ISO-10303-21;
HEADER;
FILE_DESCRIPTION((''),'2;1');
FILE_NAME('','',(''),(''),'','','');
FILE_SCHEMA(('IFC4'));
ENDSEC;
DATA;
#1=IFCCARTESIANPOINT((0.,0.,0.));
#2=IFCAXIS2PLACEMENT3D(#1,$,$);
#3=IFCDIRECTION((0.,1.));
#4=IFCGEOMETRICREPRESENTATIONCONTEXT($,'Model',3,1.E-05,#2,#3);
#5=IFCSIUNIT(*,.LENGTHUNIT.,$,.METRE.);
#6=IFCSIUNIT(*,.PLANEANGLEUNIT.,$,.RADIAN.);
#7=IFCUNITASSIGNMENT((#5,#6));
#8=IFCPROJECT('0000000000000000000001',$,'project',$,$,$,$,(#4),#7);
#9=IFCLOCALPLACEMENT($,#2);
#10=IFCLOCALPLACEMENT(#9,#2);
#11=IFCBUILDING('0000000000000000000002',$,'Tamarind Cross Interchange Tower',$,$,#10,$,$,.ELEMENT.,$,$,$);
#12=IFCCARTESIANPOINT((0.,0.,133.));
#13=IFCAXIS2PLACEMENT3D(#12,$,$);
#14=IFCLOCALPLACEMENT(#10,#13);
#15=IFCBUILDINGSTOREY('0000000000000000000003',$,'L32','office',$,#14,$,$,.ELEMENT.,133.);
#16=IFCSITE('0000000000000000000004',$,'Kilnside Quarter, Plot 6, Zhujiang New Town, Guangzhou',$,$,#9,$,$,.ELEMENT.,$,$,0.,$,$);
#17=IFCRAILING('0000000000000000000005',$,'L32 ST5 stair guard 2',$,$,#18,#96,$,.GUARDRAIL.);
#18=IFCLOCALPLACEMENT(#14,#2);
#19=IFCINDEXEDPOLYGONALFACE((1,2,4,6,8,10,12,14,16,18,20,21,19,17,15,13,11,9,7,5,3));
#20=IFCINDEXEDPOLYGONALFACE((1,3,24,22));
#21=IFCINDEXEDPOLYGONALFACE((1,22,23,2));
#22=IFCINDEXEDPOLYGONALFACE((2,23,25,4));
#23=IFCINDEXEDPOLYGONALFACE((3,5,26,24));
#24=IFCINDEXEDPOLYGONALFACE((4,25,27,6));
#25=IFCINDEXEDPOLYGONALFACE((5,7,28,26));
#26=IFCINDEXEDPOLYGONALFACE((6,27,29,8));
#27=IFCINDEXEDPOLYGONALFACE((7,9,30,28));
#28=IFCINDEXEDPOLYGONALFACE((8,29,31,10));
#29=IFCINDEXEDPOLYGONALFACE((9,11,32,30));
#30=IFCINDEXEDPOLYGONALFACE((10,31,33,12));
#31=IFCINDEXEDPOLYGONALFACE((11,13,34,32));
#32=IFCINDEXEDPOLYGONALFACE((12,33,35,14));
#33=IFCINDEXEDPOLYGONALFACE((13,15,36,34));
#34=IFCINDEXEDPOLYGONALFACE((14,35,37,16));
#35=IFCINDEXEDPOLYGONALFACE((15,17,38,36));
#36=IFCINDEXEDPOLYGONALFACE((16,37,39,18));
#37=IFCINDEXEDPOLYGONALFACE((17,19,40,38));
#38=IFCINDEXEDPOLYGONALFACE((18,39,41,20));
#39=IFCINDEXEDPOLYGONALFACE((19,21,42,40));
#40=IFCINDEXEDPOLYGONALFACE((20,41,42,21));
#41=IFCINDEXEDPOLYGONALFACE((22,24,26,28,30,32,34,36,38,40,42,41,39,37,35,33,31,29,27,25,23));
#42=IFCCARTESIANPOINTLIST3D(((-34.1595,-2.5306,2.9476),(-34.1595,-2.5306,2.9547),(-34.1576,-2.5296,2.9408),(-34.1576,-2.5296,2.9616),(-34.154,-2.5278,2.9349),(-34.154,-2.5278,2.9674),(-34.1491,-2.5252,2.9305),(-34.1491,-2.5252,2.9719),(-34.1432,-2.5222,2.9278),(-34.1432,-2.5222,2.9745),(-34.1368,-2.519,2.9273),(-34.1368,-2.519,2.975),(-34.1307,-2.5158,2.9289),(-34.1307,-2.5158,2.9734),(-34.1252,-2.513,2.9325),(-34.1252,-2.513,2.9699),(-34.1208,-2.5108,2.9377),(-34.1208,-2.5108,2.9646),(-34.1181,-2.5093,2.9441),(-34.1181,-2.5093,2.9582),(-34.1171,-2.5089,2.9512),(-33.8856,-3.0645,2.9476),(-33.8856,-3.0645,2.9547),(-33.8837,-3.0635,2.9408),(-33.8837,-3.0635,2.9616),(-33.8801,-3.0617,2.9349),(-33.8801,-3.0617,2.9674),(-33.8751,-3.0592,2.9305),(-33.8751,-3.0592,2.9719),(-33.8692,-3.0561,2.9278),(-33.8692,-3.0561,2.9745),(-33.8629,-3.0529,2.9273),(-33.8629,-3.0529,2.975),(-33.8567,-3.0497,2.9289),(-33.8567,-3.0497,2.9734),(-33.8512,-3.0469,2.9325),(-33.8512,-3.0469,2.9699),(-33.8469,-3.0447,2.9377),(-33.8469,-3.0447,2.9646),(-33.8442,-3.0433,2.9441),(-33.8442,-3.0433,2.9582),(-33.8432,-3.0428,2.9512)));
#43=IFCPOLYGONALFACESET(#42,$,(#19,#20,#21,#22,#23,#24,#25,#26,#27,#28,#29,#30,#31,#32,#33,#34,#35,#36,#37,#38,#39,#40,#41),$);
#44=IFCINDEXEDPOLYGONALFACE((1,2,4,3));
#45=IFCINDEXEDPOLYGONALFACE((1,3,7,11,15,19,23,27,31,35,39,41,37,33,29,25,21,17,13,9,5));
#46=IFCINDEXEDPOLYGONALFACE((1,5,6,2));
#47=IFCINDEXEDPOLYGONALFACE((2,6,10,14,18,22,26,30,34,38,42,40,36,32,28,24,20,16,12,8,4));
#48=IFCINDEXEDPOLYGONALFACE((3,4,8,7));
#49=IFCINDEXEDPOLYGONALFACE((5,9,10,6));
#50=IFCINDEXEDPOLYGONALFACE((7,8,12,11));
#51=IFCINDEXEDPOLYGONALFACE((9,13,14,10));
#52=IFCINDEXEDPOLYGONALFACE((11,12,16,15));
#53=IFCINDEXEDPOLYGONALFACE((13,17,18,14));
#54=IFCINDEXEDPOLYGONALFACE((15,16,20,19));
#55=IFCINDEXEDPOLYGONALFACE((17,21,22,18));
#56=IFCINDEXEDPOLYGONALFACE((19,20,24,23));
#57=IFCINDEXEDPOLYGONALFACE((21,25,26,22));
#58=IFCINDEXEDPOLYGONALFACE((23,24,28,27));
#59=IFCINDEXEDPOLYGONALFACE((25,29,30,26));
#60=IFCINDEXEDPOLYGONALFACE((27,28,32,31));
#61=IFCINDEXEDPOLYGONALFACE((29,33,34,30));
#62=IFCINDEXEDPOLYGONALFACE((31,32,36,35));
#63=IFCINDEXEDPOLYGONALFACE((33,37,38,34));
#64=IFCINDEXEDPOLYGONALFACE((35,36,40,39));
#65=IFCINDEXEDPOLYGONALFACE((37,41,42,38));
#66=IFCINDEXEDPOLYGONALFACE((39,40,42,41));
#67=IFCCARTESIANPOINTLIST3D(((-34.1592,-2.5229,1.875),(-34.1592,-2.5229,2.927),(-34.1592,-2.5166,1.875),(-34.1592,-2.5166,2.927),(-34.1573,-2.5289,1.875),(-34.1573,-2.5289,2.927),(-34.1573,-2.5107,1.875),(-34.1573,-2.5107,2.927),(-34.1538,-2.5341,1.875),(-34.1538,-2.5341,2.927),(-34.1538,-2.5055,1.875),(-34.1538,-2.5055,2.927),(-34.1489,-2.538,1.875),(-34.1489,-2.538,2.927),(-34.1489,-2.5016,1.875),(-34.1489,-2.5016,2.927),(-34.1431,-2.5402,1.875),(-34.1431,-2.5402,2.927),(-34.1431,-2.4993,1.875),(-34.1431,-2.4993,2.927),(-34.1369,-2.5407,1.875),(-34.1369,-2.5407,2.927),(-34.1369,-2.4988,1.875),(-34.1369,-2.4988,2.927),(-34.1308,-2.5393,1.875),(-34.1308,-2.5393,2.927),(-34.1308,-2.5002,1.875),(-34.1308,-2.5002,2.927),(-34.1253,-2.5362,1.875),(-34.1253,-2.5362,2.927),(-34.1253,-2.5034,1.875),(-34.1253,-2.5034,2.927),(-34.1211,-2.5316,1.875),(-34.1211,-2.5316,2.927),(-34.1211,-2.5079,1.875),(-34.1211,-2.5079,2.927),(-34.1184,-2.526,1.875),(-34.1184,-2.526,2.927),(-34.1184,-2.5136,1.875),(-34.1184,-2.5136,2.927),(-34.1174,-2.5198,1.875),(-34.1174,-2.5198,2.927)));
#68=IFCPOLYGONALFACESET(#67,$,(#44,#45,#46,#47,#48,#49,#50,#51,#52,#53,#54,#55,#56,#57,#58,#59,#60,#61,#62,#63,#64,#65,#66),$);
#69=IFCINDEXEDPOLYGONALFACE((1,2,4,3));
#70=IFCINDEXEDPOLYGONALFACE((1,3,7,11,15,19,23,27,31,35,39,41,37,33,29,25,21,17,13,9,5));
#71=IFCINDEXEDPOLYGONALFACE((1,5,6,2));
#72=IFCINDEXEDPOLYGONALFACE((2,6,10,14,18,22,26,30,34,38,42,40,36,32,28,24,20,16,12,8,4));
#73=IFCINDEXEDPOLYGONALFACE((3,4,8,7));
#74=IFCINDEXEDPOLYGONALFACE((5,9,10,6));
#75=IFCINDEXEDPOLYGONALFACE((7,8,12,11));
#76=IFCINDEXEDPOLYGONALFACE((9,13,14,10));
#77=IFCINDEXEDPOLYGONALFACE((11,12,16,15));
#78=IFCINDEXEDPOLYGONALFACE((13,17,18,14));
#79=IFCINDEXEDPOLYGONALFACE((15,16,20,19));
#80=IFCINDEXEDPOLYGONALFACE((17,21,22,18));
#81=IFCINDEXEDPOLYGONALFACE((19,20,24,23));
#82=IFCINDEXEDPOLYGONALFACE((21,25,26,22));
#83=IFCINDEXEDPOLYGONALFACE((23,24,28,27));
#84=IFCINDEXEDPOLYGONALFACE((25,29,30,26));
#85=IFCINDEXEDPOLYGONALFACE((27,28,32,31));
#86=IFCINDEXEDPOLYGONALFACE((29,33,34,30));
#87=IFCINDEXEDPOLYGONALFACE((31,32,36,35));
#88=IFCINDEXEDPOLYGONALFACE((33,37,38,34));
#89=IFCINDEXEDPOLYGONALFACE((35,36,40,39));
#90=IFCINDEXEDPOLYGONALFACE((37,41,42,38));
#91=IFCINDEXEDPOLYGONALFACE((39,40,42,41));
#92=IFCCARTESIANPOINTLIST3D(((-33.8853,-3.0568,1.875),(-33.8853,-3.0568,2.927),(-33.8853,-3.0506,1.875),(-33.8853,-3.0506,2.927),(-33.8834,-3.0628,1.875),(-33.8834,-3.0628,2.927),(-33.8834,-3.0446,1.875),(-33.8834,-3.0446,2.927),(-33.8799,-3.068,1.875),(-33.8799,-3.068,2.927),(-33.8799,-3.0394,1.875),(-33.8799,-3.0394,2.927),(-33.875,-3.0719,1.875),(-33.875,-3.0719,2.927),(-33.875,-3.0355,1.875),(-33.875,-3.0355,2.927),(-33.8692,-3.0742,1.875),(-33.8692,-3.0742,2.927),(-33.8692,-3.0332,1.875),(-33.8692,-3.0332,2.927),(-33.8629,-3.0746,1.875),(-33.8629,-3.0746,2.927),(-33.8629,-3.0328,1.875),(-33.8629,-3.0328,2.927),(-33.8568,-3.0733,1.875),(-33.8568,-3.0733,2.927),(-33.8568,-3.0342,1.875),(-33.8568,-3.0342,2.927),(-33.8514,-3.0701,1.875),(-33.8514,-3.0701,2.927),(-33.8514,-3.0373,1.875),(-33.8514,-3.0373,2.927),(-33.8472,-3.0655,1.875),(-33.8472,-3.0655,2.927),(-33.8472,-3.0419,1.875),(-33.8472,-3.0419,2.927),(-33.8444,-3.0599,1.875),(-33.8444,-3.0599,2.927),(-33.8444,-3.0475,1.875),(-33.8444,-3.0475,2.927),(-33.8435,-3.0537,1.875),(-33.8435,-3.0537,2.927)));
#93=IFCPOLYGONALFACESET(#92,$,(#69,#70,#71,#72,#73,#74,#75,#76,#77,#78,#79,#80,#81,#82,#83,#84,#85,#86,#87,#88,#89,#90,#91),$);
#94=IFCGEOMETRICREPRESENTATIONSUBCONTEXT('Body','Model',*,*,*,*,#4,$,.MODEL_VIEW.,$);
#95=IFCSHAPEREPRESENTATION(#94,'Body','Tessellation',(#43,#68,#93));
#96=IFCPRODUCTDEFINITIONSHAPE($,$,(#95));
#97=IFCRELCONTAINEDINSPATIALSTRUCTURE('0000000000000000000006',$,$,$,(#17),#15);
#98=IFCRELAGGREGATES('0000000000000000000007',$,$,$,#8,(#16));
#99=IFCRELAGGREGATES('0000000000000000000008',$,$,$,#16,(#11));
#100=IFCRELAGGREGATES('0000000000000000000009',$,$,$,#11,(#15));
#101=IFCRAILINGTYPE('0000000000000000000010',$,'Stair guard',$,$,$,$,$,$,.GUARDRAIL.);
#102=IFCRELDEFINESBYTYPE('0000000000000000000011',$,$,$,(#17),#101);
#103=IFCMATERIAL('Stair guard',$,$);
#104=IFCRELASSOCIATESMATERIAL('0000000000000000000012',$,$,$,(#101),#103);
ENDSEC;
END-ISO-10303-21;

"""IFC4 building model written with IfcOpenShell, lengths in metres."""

from ifc_helpers import new_model, si_unit, direction, frame, origin, origin_2d, place, context, subcontext, project, spatial, circle, extrude, material, type_object, element, save


model = new_model("IFC4")

# Units and contexts
model_context = context("Model", 3, precision=1e-05, world=origin(), true_north=direction((0.0, 1.0)))
body_context = subcontext(model_context, "Body", "Model", "MODEL_VIEW")
ifc_project = project(units=[si_unit("LENGTHUNIT", "METRE"), si_unit("PLANEANGLEUNIT", "RADIAN")], contexts=[model_context])

# Site, building, storey
site_placement = place(None, origin())
site = spatial("IfcSite", under=ifc_project, at=site_placement, Name="Kilnside Quarter, Plot 6, Zhujiang New Town, Guangzhou", CompositionType="ELEMENT", RefElevation=0.0)
building_placement = place(site_placement, origin())
building = spatial("IfcBuilding", under=site, at=building_placement, Name="Tamarind Cross Interchange Tower", CompositionType="ELEMENT")
storey_placement = place(building_placement, frame((0.0, 0.0, 133.0)))
storey = spatial("IfcBuildingStorey", under=building, at=storey_placement, Name="L32", Description="office", CompositionType="ELEMENT", Elevation=133.0)

# Railing
ifc_material_1 = material(Name="Stair guard")
railing_type_1 = type_object("IfcRailingType", Name="Stair guard", PredefinedType="GUARDRAIL", material=ifc_material_1)
railing_1_placement = place(storey_placement, frame((-34.1384, -2.5198, 1.875)))
element("IfcRailing", 1, at=railing_1_placement, inside=storey, type_object=railing_type_1, Name="L32 ST5 stair guard 2", PredefinedType="GUARDRAIL", context=body_context, shape_type="SweptSolid", body=[
    extrude(circle(Radius=0.0239, at=origin_2d()), frame((0.0, 0.0, 1.0762), z_axis=(0.456465, -0.889741, 0.0), x_axis=(0.889741, 0.456465, 0.0)), (0.0, 0.0, 1.0), 0.6001),
    extrude(circle(Radius=0.021, at=origin_2d()), origin(), (0.0, 0.0, 1.0), 1.052),
    extrude(circle(Radius=0.021, at=origin_2d()), frame((0.2739, -0.5339, 0.0)), (0.0, 0.0, 1.0), 1.052),
])

save(model, "model.ifc")
